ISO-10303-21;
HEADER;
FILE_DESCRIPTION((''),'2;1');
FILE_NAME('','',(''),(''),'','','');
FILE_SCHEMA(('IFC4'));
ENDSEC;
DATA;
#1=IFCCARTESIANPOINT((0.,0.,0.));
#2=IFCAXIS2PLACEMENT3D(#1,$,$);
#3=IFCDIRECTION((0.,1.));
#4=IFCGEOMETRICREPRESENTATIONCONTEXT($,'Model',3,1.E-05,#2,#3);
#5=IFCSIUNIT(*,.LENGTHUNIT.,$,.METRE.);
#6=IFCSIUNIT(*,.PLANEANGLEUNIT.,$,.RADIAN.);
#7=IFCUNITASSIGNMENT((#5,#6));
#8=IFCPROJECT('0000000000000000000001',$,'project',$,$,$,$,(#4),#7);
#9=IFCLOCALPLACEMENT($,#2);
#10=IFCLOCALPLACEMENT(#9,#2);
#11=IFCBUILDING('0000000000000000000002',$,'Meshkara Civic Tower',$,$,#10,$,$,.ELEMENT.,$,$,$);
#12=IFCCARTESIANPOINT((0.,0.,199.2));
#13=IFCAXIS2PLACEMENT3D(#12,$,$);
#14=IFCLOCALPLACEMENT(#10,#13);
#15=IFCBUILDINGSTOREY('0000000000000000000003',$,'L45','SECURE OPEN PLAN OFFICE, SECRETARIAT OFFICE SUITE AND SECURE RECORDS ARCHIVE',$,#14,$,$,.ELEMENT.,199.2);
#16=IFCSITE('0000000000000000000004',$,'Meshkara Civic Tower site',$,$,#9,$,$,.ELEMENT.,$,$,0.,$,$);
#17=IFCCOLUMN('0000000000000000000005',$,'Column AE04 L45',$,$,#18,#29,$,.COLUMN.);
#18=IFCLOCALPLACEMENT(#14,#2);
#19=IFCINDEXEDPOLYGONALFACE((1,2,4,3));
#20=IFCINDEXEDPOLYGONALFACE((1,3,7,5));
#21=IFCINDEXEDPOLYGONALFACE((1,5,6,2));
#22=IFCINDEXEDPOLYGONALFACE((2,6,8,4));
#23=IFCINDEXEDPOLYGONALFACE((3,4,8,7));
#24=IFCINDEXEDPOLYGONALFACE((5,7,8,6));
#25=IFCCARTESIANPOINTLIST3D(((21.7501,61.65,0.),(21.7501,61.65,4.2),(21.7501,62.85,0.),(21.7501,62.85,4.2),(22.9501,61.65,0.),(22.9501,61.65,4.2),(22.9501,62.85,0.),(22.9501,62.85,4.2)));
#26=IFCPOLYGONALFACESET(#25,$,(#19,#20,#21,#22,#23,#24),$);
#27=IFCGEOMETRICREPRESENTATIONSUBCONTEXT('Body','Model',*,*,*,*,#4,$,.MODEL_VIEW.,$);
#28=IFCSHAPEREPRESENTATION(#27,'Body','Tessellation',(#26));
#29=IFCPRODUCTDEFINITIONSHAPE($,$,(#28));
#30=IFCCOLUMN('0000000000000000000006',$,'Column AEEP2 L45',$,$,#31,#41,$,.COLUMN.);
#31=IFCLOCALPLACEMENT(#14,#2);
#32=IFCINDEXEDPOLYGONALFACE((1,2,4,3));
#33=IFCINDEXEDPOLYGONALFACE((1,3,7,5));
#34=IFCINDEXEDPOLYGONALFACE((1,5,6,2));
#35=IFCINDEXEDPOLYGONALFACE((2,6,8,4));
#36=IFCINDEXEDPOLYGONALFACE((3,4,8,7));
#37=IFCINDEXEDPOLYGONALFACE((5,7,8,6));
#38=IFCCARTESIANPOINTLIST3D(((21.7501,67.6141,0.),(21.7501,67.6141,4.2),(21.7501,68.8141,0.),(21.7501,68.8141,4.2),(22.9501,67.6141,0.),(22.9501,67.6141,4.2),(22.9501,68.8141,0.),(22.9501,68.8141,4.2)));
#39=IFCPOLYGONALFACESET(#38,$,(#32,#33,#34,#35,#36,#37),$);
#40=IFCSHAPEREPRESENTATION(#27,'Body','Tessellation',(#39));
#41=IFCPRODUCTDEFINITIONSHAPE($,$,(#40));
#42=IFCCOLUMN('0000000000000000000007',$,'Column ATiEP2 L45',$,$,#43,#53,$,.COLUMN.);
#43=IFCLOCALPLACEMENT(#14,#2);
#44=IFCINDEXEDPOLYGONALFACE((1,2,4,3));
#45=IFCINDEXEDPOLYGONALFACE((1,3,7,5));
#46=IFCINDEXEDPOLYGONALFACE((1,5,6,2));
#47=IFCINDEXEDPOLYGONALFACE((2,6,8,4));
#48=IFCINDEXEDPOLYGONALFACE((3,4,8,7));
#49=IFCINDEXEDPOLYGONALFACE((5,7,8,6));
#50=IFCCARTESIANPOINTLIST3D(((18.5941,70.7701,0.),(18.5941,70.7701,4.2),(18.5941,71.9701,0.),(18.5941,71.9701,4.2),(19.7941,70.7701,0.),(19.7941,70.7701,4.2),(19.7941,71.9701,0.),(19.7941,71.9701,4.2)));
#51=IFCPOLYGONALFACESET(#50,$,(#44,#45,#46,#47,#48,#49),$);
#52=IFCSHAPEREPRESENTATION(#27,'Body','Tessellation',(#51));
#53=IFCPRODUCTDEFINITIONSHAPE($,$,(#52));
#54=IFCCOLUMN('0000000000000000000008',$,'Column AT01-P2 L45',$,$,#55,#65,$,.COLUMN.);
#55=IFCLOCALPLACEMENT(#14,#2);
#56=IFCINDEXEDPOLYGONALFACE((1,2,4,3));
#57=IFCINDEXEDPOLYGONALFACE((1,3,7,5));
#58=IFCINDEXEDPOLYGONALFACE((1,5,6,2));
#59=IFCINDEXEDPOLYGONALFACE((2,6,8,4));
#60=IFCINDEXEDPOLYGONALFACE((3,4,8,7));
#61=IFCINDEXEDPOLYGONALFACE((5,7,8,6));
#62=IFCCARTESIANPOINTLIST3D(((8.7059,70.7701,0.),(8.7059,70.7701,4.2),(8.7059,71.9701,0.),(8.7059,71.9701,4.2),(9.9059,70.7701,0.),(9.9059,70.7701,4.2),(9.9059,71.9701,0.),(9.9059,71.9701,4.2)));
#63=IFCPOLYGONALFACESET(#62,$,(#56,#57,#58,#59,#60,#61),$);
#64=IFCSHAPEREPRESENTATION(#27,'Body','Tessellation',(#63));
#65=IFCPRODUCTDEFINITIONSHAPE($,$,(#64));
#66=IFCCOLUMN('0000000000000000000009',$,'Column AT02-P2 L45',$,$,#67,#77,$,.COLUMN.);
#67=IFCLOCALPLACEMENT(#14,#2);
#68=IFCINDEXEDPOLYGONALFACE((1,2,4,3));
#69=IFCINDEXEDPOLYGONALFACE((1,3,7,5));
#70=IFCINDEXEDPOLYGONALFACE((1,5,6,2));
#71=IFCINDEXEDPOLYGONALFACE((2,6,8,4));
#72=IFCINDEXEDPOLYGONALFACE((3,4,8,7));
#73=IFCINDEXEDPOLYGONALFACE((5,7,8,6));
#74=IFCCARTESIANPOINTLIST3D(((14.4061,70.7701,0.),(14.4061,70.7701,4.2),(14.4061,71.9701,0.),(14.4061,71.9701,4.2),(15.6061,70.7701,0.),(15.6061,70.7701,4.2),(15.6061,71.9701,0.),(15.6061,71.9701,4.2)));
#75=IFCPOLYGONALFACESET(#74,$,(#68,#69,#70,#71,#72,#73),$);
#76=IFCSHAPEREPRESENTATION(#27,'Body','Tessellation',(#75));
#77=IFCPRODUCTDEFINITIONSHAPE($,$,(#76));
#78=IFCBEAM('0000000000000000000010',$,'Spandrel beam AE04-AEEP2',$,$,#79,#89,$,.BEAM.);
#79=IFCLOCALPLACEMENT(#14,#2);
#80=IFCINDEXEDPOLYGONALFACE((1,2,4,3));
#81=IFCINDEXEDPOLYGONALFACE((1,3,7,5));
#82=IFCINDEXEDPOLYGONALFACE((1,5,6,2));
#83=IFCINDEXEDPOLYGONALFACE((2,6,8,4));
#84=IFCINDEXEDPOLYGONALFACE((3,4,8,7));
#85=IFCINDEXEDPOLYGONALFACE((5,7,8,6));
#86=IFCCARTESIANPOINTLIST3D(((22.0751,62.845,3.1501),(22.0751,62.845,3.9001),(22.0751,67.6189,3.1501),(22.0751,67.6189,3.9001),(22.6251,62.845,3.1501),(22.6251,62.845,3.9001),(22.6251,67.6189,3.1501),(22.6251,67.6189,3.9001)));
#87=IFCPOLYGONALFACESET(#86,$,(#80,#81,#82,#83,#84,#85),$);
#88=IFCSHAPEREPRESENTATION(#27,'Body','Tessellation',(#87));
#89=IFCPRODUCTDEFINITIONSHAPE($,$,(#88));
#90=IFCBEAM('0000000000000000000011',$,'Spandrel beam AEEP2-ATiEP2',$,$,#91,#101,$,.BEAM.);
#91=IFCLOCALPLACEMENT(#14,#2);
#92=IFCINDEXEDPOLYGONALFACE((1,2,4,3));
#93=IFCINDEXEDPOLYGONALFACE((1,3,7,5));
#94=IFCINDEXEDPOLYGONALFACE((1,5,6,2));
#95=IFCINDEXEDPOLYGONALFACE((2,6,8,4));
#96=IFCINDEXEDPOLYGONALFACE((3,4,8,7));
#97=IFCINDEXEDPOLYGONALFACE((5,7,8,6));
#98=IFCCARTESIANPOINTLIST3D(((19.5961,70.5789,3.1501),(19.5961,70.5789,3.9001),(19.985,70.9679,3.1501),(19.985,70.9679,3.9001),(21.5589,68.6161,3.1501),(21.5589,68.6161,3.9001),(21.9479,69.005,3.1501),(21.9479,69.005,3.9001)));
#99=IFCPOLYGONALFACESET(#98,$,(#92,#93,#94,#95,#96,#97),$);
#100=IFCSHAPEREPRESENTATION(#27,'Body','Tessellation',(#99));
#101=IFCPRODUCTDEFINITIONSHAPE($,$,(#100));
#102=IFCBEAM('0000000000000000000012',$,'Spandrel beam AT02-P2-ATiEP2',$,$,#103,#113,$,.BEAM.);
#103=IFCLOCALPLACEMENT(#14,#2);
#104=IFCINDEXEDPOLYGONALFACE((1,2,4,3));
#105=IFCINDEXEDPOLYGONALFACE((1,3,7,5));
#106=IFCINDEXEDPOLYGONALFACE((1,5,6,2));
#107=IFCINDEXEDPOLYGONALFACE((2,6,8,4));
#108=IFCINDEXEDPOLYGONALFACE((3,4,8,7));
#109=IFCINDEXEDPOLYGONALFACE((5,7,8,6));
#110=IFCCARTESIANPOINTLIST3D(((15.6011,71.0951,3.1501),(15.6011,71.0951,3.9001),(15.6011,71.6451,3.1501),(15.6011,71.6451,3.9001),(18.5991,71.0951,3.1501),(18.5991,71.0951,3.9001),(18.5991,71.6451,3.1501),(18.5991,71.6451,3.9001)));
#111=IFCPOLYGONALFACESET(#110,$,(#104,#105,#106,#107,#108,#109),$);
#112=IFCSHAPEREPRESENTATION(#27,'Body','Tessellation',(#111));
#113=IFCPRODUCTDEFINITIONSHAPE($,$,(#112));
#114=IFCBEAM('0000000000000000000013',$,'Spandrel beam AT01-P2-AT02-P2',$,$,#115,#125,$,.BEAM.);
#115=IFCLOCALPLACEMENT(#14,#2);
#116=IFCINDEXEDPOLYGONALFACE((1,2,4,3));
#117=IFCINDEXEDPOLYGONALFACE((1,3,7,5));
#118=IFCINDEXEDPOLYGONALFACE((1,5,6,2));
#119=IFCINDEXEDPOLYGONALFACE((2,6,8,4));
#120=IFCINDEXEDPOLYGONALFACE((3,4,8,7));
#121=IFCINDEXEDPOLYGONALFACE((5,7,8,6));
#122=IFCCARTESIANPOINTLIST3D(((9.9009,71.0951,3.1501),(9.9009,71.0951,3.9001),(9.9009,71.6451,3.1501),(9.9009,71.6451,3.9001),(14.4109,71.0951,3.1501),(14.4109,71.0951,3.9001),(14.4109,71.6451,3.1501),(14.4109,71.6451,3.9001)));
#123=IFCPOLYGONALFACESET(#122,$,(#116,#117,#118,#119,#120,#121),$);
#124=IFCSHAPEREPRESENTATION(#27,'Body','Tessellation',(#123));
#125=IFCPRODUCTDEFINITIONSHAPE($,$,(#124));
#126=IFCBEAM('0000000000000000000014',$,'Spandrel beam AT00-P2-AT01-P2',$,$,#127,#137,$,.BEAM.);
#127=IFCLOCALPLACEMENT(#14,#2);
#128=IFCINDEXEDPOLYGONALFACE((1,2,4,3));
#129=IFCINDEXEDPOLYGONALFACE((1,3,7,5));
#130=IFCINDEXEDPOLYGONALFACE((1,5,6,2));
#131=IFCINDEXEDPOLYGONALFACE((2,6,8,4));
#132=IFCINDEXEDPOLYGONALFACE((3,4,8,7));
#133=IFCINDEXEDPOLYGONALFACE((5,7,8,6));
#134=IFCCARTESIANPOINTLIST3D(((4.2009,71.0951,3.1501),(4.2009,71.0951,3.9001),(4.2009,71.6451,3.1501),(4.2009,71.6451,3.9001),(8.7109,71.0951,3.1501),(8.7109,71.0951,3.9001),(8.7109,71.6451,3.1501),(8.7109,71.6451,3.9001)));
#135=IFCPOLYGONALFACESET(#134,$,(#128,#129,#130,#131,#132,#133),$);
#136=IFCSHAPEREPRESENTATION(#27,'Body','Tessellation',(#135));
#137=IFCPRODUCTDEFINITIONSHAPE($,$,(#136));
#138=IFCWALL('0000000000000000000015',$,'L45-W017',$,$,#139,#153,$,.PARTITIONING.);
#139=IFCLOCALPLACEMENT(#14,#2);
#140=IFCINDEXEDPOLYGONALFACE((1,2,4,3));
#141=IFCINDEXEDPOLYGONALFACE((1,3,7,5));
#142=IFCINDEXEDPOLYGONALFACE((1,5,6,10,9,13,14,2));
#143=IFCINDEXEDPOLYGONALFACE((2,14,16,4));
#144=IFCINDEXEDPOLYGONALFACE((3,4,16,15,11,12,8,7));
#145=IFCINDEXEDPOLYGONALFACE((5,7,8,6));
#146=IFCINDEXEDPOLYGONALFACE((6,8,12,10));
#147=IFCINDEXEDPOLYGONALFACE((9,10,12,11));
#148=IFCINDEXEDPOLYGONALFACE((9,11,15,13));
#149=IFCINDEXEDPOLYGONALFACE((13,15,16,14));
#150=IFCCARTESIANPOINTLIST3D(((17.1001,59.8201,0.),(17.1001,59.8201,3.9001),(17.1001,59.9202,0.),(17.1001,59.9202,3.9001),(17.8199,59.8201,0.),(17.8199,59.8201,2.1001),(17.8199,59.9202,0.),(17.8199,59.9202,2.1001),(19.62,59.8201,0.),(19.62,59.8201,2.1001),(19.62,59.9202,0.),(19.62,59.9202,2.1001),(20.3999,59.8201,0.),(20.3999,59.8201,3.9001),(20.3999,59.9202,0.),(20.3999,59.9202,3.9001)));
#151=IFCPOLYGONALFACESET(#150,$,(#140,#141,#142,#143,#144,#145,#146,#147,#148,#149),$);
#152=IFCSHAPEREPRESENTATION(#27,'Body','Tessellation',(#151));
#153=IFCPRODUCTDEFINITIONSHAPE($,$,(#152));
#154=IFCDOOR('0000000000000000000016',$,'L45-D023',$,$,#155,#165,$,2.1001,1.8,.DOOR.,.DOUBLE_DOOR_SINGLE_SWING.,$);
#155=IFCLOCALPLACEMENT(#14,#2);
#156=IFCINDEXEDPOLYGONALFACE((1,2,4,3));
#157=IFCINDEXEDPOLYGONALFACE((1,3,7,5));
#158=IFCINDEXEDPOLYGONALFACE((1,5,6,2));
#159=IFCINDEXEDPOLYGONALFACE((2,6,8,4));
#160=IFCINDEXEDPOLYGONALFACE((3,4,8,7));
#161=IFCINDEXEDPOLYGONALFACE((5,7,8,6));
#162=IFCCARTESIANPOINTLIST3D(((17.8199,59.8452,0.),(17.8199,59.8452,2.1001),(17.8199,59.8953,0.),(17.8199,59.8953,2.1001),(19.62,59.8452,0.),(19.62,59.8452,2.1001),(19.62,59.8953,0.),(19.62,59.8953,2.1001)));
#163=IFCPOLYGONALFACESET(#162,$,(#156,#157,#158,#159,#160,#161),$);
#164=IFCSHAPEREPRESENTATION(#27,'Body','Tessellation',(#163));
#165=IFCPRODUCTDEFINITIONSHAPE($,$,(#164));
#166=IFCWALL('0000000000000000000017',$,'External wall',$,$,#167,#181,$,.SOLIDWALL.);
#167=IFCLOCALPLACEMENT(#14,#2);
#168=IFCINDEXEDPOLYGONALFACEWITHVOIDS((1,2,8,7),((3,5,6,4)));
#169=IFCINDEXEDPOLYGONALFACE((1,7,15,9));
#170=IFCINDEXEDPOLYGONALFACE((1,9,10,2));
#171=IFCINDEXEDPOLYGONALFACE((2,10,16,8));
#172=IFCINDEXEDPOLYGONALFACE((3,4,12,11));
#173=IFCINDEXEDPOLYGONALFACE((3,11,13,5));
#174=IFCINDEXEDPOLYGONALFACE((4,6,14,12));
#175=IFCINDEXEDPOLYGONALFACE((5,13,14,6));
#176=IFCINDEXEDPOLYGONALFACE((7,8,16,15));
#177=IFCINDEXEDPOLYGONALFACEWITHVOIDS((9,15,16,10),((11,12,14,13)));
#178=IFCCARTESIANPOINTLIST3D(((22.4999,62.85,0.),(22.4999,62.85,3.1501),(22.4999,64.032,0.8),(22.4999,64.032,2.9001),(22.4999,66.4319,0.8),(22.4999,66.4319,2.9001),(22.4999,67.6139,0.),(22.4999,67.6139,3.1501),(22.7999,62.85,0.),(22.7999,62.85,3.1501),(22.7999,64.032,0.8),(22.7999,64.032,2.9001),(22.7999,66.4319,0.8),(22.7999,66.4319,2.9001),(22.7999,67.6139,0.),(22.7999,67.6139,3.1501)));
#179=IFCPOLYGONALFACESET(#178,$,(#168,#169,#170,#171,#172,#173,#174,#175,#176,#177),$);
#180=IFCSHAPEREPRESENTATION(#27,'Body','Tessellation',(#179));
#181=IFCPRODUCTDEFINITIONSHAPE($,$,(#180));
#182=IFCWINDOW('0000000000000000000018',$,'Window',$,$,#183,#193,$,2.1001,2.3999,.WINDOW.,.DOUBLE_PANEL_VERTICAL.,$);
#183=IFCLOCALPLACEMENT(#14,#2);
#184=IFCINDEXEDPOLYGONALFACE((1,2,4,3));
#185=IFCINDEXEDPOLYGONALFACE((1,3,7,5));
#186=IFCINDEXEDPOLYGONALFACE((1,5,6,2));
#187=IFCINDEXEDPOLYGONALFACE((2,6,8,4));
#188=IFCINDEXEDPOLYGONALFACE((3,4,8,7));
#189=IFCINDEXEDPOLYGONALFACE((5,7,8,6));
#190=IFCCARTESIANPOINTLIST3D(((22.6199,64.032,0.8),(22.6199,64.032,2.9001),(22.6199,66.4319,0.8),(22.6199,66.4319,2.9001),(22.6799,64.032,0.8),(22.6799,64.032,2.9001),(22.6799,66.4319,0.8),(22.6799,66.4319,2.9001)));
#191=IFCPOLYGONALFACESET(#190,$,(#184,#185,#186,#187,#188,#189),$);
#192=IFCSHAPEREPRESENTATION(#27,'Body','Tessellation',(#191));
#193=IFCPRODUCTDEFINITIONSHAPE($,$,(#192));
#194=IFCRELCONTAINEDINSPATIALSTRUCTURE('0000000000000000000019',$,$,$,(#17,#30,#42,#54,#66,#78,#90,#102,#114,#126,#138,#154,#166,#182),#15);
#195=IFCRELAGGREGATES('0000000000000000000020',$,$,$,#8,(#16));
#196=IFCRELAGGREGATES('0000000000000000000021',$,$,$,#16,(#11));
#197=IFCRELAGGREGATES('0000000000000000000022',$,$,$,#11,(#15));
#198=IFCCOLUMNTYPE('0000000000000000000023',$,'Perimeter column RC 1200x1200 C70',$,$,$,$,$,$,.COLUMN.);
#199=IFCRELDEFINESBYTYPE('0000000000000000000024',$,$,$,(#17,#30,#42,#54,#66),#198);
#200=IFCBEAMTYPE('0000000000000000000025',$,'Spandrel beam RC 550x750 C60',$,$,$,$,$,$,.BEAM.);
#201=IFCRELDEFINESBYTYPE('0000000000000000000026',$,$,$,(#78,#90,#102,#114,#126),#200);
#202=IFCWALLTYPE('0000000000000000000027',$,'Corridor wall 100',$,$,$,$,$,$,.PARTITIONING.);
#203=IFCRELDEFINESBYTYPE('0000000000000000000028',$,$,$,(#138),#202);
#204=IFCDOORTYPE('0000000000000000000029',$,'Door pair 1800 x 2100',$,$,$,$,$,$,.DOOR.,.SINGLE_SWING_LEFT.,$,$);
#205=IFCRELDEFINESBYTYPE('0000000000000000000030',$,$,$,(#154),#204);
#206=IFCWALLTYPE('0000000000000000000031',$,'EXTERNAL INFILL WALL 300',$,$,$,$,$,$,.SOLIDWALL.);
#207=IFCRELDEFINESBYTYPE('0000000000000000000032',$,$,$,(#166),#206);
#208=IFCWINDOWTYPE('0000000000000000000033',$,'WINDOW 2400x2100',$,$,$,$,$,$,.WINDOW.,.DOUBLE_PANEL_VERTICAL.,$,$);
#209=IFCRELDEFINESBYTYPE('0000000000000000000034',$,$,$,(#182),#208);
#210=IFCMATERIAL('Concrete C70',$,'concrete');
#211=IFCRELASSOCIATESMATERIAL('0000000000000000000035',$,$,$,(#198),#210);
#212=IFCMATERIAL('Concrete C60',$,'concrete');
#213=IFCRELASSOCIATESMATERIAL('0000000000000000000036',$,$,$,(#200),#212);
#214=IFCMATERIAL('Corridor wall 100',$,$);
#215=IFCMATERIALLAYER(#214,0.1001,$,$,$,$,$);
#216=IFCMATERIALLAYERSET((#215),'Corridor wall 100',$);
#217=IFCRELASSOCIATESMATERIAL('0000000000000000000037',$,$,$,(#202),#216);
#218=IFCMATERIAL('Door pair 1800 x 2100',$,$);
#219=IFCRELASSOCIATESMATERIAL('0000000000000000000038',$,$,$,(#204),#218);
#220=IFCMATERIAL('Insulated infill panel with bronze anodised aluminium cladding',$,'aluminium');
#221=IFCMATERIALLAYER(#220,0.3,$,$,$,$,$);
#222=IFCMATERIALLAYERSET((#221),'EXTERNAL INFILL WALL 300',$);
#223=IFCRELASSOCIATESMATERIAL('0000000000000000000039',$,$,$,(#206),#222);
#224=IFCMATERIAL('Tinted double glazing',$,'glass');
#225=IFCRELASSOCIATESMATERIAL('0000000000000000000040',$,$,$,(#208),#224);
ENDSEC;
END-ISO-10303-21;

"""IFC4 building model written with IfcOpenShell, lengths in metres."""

from ifc_helpers import new_model, si_unit, direction, frame, frame_2d, origin, origin_2d, place, context, subcontext, project, spatial, rectangle, extrude, material, layer, layer_set, material_profile, profile_set, type_object, element, fill, save


model = new_model("IFC4")

# Units and contexts
model_context = context("Model", 3, precision=1e-05, world=origin(), true_north=direction((0.0, 1.0)))
body_context = subcontext(model_context, "Body", "Model", "MODEL_VIEW")
ifc_project = project(units=[si_unit("LENGTHUNIT", "METRE"), si_unit("PLANEANGLEUNIT", "RADIAN")], contexts=[model_context])

# Site, building, storey
site_placement = place(None, origin())
site = spatial("IfcSite", under=ifc_project, at=site_placement, Name="Meshkara Civic Tower site", CompositionType="ELEMENT", RefElevation=0.0)
building_placement = place(site_placement, origin())
building = spatial("IfcBuilding", under=site, at=building_placement, Name="Meshkara Civic Tower", CompositionType="ELEMENT")
storey_placement = place(building_placement, frame((0.0, 0.0, 199.2)))
storey = spatial("IfcBuildingStorey", under=building, at=storey_placement, Name="L45", Description="SECURE OPEN PLAN OFFICE, SECRETARIAT OFFICE SUITE AND SECURE RECORDS ARCHIVE", CompositionType="ELEMENT", Elevation=199.2)

# Columns
ifc_material_1 = material(Name="Concrete C70", Category="concrete")
ifc_material_profile_1 = material_profile(ifc_material_1, rectangle(XDim=1.2, YDim=1.2, at=origin_2d()))
ifc_profile_set_1 = profile_set([ifc_material_profile_1], Name="Concrete C70")
column_type = type_object("IfcColumnType", Name="Perimeter column RC 1200x1200 C70", PredefinedType="COLUMN", material=ifc_profile_set_1)
for number, where, z_axis, x_axis, name in (
    (1, (22.3501, 62.25, 0.0), (0.0, 0.0, 1.0), (1.0, 0.0, 0.0), "Column AE04 L45"),
    (2, (22.3501, 68.2141, 0.0), (0.0, 0.0, 1.0), (1.0, 0.0, 0.0), "Column AEEP2 L45"),
    (3, (19.1941, 71.3701, 0.0), (0.0, 0.0, 1.0), (1.0, 0.0, 0.0), "Column ATiEP2 L45"),
    (4, (9.3059, 71.3701, 0.0), (0.0, 0.0, 1.0), (1.0, 0.0, 0.0), "Column AT01-P2 L45"),
    (5, (15.0061, 71.3701, 0.0), (0.0, 0.0, 1.0), (1.0, 0.0, 0.0), "Column AT02-P2 L45"),
):
    element("IfcColumn", number, at=place(storey_placement, frame(where, z_axis=z_axis, x_axis=x_axis)), inside=storey, type_object=column_type, Name=name, PredefinedType="COLUMN", context=body_context, shape_type="SweptSolid", body=[
        extrude(rectangle(XDim=1.2, YDim=1.2, at=origin_2d()), origin(), (0.0, 0.0, 1.0), 4.2),
    ])

# Beams
ifc_material_2 = material(Name="Concrete C60", Category="concrete")
ifc_material_profile_2 = material_profile(ifc_material_2, rectangle(XDim=0.55, YDim=0.75, at=origin_2d()))
ifc_profile_set_2 = profile_set([ifc_material_profile_2], Name="Concrete C60")
beam_type = type_object("IfcBeamType", Name="Spandrel beam RC 550x750 C60", PredefinedType="BEAM", material=ifc_profile_set_2)
beam_1_placement = place(storey_placement, frame((22.3501, 62.845, 3.5251), z_axis=(0.0, 1.0, 0.0), x_axis=(-1.0, 0.0, 0.0)))
element("IfcBeam", 6, at=beam_1_placement, inside=storey, type_object=beam_type, Name="Spandrel beam AE04-AEEP2", PredefinedType="BEAM", context=body_context, shape_type="SweptSolid", body=[
    extrude(rectangle(XDim=0.55, YDim=0.75, at=origin_2d()), origin(), (0.0, 0.0, 1.0), 4.7739),
])
beam_2_placement = place(storey_placement, frame((21.7534, 68.8105, 3.5251), z_axis=(-0.707107, 0.707107, 0.0), x_axis=(-0.707107, -0.707107, 0.0)))
element("IfcBeam", 7, at=beam_2_placement, inside=storey, type_object=beam_type, Name="Spandrel beam AEEP2-ATiEP2", PredefinedType="BEAM", context=body_context, shape_type="SweptSolid", body=[
    extrude(rectangle(XDim=0.55, YDim=0.75, at=origin_2d()), origin(), (0.0, 0.0, 1.0), 2.7759),
])
beam_3_placement = place(storey_placement, frame((18.5991, 71.3701, 3.5251), z_axis=(-1.0, 0.0, 0.0), x_axis=(0.0, -1.0, 0.0)))
element("IfcBeam", 8, at=beam_3_placement, inside=storey, type_object=beam_type, Name="Spandrel beam AT02-P2-ATiEP2", PredefinedType="BEAM", context=body_context, shape_type="SweptSolid", body=[
    extrude(rectangle(XDim=0.55, YDim=0.75, at=origin_2d()), origin(), (0.0, 0.0, 1.0), 2.998),
])
for number, where, z_axis, x_axis, name in (
    (9, (14.4109, 71.3701, 3.5251), (-1.0, 0.0, 0.0), (0.0, -1.0, 0.0), "Spandrel beam AT01-P2-AT02-P2"),
    (10, (8.7109, 71.3701, 3.5251), (-1.0, 0.0, 0.0), (0.0, -1.0, 0.0), "Spandrel beam AT00-P2-AT01-P2"),
):
    element("IfcBeam", number, at=place(storey_placement, frame(where, z_axis=z_axis, x_axis=x_axis)), inside=storey, type_object=beam_type, Name=name, PredefinedType="BEAM", context=body_context, shape_type="SweptSolid", body=[
        extrude(rectangle(XDim=0.55, YDim=0.75, at=origin_2d()), origin(), (0.0, 0.0, 1.0), 4.51),
    ])

# Wall, opening, door
ifc_material_3 = material(Name="Corridor wall 100")
ifc_layer_1 = layer(ifc_material_3, 0.1001)
ifc_layer_set_1 = layer_set([ifc_layer_1], Name="Corridor wall 100")
wall_type_1 = type_object("IfcWallType", Name="Corridor wall 100", PredefinedType="PARTITIONING", material=ifc_layer_set_1)
wall_1_placement = place(storey_placement, frame((20.3999, 59.8701, 0.0), z_axis=(0.0, 0.0, 1.0), x_axis=(-1.0, 0.0, 0.0)))
wall_1 = element("IfcWall", 11, at=wall_1_placement, inside=storey, type_object=wall_type_1, Name="L45-W017", PredefinedType="PARTITIONING", context=body_context, shape_type="SweptSolid", body=[
    extrude(rectangle(XDim=3.2998, YDim=0.1001, at=frame_2d((1.6499, 0.0))), origin(), (0.0, 0.0, 1.0), 3.9001),
])
opening_1_placement = place(wall_1_placement, frame((0.78, 0.0, 0.0)))
opening_1 = element("IfcOpeningElement", 12, at=opening_1_placement, cuts=wall_1, PredefinedType="OPENING", context=body_context, shape_type="SweptSolid", body=[
    extrude(rectangle(XDim=1.8, YDim=2.1001, at=frame_2d((0.8999, 1.05))), frame((0.0, 0.0601, 0.0), z_axis=(0.0, -1.0, 0.0), x_axis=(1.0, 0.0, 0.0)), (0.0, 0.0, 1.0), 0.1201),
])
ifc_material_4 = material(Name="Door pair 1800 x 2100")
door_type_1 = type_object("IfcDoorType", Name="Door pair 1800 x 2100", OperationType="SINGLE_SWING_LEFT", PredefinedType="DOOR", material=ifc_material_4)
door_1_placement = place(opening_1_placement, origin())
door_1 = element("IfcDoor", 13, at=door_1_placement, inside=storey, type_object=door_type_1, Name="L45-D023", OperationType="DOUBLE_DOOR_SINGLE_SWING", OverallHeight=2.1001, OverallWidth=1.8, PredefinedType="DOOR", context=body_context, shape_type="SweptSolid", body=[
    extrude(rectangle(XDim=1.8, YDim=2.1001, at=frame_2d((0.8999, 1.05))), frame((0.0, 0.0249, 0.0), z_axis=(0.0, -1.0, 0.0), x_axis=(1.0, 0.0, 0.0)), (0.0, 0.0, 1.0), 0.05),
])
fill(opening_1, door_1)

# Wall, opening, window
ifc_material_5 = material(Name="Insulated infill panel with bronze anodised aluminium cladding", Category="aluminium")
ifc_layer_2 = layer(ifc_material_5, 0.3)
ifc_layer_set_2 = layer_set([ifc_layer_2], Name="EXTERNAL INFILL WALL 300")
wall_type_2 = type_object("IfcWallType", Name="EXTERNAL INFILL WALL 300", PredefinedType="SOLIDWALL", material=ifc_layer_set_2)
wall_2_placement = place(storey_placement, frame((22.6499, 62.8501, 0.0), z_axis=(0.0, 0.0, 1.0), x_axis=(0.0, 1.0, 0.0)))
wall_2 = element("IfcWall", 14, at=wall_2_placement, inside=storey, type_object=wall_type_2, Name="External wall", PredefinedType="SOLIDWALL", context=body_context, shape_type="SweptSolid", body=[
    extrude(rectangle(XDim=4.7639, YDim=0.3, at=frame_2d((2.3818, 0.0))), origin(), (0.0, 0.0, 1.0), 3.1501),
])
opening_2_placement = place(wall_2_placement, frame((1.1819, 0.0, 0.8)))
opening_2 = element("IfcOpeningElement", 15, at=opening_2_placement, cuts=wall_2, PredefinedType="OPENING", context=body_context, shape_type="SweptSolid", body=[
    extrude(rectangle(XDim=2.3999, YDim=2.1001, at=frame_2d((1.2, 1.05))), frame((0.0, 0.1599, 0.0), z_axis=(0.0, -1.0, 0.0), x_axis=(1.0, 0.0, 0.0)), (0.0, 0.0, 1.0), 0.3201),
])
ifc_material_6 = material(Name="Tinted double glazing", Category="glass")
window_type_1 = type_object("IfcWindowType", Name="WINDOW 2400x2100", PartitioningType="DOUBLE_PANEL_VERTICAL", PredefinedType="WINDOW", material=ifc_material_6)
window_1_placement = place(opening_2_placement, origin())
window_1 = element("IfcWindow", 16, at=window_1_placement, inside=storey, type_object=window_type_1, Name="Window", OverallHeight=2.1001, OverallWidth=2.3999, PartitioningType="DOUBLE_PANEL_VERTICAL", PredefinedType="WINDOW", context=body_context, shape_type="SweptSolid", body=[
    extrude(rectangle(XDim=2.3999, YDim=2.1001, at=frame_2d((1.2, 1.05))), frame((0.0, 0.03, 0.0), z_axis=(0.0, -1.0, 0.0), x_axis=(1.0, 0.0, 0.0)), (0.0, 0.0, 1.0), 0.0601),
])
fill(opening_2, window_1)

save(model, "model.ifc")
